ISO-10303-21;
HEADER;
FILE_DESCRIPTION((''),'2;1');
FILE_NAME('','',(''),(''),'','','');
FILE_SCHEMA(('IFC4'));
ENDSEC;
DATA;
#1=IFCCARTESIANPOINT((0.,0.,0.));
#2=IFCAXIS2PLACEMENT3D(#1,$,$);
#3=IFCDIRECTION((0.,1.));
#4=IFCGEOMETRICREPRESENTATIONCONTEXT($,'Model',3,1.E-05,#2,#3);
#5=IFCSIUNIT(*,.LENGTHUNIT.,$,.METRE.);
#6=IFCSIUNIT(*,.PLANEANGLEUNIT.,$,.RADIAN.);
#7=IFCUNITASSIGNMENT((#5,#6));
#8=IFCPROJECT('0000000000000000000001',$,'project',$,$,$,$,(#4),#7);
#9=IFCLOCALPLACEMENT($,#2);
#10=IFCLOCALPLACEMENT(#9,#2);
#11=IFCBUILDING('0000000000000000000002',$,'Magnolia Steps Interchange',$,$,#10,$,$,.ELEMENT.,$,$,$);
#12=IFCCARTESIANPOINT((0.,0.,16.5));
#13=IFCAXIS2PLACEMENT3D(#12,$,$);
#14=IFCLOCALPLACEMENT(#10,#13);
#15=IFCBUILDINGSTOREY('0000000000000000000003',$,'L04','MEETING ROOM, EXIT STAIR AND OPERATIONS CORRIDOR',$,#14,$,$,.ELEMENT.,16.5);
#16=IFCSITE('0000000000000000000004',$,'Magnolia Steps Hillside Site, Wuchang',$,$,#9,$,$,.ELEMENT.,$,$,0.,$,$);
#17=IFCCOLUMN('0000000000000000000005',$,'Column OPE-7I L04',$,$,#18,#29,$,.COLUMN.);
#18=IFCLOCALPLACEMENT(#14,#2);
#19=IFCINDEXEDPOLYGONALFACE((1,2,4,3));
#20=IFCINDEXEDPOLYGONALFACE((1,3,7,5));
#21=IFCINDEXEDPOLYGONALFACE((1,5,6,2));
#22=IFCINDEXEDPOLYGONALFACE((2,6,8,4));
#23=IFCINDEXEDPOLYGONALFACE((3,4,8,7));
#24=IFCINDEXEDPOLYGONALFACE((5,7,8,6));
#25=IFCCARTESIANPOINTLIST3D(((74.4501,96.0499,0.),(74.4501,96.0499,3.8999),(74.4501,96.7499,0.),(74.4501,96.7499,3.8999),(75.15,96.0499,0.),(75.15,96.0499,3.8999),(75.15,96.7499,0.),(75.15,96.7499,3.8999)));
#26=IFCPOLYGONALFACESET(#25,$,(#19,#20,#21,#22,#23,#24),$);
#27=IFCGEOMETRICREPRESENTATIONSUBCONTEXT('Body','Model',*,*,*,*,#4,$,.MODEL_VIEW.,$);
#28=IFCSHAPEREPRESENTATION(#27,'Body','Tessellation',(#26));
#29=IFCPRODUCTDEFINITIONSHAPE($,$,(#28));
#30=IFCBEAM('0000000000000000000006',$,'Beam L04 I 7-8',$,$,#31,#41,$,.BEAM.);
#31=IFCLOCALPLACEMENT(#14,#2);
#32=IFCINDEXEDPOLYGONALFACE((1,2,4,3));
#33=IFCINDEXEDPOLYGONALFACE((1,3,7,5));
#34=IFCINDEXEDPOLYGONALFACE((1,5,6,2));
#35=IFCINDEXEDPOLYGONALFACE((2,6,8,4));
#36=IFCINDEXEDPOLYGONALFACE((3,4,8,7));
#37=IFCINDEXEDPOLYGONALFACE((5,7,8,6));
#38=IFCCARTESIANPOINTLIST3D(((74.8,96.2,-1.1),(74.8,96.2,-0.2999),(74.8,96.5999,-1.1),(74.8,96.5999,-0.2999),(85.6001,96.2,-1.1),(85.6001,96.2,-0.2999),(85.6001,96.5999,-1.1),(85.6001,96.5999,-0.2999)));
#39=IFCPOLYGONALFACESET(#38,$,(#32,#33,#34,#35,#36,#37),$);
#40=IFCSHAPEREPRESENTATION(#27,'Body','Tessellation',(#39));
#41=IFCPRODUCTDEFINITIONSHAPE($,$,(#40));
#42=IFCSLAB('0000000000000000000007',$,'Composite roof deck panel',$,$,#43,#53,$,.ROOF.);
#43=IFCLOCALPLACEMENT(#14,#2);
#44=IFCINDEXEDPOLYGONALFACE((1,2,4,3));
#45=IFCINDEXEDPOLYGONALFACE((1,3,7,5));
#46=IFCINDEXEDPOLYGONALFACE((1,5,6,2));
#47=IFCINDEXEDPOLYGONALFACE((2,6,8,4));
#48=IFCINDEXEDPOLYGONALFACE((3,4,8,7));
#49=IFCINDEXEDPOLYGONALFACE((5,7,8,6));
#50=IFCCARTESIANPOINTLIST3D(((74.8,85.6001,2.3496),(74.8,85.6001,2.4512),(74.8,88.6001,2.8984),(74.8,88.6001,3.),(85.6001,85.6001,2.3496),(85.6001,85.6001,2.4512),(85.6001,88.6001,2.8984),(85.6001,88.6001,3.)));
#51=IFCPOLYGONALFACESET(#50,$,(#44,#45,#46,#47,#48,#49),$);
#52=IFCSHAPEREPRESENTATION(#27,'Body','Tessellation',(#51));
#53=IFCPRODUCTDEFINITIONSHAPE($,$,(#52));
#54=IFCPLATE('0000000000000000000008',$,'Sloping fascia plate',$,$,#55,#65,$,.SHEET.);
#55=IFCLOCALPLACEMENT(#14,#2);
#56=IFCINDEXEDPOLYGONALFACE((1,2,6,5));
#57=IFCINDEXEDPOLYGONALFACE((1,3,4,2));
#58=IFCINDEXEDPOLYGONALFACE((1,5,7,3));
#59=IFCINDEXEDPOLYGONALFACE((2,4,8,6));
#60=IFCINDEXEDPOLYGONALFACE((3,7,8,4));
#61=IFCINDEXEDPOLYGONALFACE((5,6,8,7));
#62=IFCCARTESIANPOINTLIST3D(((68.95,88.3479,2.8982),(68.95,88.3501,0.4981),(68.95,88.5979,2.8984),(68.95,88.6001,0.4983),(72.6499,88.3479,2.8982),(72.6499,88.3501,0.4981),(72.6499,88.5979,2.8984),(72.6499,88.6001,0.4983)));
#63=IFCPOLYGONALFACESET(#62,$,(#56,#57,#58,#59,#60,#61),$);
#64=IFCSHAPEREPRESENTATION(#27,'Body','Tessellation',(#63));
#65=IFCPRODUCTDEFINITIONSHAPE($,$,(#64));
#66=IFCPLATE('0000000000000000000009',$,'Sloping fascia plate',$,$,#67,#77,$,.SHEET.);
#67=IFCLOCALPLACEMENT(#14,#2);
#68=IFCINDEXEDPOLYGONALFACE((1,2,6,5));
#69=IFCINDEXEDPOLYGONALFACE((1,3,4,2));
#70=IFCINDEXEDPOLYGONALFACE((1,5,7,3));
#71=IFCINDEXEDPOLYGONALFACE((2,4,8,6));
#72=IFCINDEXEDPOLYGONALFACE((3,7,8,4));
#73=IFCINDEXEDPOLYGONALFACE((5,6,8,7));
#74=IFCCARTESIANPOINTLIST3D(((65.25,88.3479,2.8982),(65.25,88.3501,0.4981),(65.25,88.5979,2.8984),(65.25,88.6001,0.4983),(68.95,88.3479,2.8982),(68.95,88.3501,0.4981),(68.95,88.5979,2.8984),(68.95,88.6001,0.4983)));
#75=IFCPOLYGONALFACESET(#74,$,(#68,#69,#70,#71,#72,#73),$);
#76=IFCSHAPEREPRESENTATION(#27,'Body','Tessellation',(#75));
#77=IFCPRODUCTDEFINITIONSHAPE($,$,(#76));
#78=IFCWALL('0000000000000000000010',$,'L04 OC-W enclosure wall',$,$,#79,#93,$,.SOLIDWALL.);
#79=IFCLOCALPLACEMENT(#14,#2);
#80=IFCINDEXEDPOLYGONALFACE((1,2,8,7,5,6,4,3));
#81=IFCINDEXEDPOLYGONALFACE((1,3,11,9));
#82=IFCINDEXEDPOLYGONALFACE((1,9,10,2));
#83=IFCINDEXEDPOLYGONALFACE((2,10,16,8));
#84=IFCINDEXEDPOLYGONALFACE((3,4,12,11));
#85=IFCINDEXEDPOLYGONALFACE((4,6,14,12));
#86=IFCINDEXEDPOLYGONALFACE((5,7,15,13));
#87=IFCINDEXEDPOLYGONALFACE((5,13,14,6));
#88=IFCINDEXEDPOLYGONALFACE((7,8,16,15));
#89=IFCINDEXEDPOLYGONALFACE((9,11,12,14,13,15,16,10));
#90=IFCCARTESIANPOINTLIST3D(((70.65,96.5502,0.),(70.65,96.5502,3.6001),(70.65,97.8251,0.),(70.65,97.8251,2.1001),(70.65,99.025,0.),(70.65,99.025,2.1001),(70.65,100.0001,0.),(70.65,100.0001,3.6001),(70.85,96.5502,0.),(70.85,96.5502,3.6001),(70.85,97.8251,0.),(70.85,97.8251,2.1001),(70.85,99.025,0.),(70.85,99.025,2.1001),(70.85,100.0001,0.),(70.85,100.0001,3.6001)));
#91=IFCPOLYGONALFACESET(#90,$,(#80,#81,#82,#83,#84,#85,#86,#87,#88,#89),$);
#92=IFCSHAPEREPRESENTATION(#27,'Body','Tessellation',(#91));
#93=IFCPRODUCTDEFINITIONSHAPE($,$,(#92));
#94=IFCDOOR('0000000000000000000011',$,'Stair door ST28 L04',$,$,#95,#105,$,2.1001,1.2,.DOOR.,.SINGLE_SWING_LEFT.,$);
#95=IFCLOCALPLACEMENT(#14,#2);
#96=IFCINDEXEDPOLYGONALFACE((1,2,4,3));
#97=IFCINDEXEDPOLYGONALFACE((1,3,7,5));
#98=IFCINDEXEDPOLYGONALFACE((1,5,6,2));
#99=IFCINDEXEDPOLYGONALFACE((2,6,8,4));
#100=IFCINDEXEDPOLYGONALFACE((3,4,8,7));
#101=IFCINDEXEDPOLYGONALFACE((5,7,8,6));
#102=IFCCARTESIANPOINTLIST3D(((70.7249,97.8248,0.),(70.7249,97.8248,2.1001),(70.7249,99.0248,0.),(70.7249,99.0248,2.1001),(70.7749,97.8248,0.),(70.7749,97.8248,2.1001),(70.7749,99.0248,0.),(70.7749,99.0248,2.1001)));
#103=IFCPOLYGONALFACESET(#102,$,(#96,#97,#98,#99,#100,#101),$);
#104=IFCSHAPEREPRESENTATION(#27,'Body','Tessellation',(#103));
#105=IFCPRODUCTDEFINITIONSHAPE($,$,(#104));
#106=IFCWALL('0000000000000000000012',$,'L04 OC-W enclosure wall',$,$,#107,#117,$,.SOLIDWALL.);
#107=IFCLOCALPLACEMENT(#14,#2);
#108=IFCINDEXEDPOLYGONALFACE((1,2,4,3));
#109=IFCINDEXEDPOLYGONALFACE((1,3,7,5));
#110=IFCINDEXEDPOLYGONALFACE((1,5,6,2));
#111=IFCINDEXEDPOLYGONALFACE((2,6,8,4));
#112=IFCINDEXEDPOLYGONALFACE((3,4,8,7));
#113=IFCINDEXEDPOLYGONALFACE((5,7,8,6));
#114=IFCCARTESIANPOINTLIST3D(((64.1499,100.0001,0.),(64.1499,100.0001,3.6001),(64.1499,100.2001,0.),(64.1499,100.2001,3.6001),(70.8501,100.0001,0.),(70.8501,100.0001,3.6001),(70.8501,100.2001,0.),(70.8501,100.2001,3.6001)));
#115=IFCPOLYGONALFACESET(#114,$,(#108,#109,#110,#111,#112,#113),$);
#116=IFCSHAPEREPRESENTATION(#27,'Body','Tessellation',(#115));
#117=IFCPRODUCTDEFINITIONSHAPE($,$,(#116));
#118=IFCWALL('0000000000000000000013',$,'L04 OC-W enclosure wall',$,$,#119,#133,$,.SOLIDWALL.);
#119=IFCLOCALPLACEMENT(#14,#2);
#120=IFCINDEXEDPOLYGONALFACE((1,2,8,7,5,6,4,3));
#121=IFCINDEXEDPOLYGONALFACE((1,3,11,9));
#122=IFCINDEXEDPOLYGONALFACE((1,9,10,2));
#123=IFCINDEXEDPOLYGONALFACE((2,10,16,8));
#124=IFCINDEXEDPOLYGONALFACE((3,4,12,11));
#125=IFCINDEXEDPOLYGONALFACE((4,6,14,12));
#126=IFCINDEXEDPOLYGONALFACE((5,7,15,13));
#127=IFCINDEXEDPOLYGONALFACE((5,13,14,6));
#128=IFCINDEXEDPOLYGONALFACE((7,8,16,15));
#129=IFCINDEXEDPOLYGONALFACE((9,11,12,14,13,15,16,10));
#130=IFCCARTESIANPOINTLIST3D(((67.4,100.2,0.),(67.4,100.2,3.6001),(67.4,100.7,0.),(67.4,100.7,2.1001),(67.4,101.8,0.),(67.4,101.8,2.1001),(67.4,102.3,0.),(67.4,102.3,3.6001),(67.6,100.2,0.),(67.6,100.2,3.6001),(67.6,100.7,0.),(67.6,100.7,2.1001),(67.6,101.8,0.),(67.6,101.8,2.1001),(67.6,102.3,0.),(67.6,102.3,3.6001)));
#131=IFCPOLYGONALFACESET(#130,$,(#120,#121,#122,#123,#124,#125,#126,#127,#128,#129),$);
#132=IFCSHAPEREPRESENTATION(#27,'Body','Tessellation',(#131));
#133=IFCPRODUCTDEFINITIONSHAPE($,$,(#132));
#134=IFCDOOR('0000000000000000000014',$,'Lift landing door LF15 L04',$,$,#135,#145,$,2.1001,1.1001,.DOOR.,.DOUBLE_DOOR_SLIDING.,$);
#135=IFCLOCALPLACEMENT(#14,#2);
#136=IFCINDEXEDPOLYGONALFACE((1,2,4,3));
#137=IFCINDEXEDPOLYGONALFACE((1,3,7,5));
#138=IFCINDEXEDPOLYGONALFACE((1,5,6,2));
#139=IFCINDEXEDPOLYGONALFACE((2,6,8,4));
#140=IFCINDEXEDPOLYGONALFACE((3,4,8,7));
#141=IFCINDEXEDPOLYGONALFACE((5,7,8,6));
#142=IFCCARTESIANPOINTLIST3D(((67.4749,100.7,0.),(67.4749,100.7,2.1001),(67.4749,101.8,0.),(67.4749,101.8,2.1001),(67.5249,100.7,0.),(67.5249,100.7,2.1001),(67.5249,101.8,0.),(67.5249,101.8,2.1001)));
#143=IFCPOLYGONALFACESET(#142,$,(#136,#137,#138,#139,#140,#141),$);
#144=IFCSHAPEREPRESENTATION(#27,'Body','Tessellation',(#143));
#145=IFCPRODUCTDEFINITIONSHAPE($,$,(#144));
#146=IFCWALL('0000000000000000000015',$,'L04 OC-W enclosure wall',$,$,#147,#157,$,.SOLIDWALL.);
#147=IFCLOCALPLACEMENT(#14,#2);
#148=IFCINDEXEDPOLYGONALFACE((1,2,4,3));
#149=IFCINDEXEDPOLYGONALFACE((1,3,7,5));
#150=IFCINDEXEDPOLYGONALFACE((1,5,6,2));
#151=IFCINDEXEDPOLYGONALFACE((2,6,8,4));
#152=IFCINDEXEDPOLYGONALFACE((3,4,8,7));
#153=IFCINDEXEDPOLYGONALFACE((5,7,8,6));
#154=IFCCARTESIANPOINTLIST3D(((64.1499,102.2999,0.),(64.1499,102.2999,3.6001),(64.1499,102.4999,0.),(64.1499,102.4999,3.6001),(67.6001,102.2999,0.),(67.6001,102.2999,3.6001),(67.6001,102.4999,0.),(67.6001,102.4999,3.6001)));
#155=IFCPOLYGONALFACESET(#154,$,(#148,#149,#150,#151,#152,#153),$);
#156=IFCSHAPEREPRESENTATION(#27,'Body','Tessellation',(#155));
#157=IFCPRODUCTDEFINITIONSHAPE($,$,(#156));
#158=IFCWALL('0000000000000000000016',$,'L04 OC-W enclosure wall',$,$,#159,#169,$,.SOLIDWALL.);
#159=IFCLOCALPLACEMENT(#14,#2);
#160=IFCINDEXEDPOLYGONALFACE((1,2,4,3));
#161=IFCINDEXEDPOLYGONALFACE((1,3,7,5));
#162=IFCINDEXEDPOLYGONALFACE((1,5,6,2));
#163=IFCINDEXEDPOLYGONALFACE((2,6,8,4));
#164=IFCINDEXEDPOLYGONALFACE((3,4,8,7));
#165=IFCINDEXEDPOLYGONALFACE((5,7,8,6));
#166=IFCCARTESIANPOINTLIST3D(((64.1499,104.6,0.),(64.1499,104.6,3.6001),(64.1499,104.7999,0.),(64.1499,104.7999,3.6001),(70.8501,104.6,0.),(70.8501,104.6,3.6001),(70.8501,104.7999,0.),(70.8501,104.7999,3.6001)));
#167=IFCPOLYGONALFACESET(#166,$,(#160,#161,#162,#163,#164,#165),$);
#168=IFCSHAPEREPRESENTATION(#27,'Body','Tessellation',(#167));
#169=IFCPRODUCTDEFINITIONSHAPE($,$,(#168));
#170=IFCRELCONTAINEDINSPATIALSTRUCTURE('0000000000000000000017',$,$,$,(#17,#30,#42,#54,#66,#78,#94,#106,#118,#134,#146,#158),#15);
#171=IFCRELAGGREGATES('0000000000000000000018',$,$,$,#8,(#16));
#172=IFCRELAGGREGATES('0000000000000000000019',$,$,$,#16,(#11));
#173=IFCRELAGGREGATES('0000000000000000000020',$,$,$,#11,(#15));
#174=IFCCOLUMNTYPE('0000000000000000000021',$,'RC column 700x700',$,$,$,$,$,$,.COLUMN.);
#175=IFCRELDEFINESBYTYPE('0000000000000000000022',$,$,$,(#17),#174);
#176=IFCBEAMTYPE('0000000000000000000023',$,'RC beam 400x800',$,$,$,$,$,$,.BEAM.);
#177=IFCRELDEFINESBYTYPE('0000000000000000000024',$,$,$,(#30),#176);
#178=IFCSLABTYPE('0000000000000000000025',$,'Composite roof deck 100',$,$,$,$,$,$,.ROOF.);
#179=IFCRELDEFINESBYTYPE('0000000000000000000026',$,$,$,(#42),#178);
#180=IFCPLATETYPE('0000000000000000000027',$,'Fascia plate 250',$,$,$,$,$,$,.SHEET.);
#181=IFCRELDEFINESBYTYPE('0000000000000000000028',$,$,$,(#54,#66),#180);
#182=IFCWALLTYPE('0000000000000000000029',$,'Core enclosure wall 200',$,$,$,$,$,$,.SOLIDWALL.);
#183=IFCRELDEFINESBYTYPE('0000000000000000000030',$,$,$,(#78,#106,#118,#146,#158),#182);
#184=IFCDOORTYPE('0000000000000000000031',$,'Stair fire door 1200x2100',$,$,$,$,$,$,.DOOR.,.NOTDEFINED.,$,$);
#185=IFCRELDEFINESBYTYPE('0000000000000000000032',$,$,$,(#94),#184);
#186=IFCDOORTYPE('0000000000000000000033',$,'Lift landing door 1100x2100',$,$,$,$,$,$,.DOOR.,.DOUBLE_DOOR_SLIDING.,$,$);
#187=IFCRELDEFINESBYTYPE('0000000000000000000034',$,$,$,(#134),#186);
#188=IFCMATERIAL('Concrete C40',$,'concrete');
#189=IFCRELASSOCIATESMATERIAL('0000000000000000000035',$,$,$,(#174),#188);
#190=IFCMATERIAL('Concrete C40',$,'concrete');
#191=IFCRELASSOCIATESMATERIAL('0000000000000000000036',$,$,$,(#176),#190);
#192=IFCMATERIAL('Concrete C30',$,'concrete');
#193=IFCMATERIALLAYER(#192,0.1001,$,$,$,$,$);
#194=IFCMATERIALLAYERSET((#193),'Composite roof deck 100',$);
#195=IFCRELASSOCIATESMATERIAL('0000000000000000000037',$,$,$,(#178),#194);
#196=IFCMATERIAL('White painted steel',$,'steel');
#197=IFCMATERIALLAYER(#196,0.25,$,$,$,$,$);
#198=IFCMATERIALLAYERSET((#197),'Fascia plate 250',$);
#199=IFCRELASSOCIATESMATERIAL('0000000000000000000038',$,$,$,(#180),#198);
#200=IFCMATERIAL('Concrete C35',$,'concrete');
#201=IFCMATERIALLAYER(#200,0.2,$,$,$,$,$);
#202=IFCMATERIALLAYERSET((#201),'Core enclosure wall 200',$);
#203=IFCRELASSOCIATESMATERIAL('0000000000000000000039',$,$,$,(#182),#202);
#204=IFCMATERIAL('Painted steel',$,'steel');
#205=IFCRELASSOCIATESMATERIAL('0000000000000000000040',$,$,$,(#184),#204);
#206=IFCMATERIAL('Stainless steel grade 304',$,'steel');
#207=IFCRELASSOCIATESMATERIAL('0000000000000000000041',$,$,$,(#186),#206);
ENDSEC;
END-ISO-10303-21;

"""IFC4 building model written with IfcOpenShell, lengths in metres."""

from ifc_helpers import new_model, si_unit, direction, frame, frame_2d, origin, origin_2d, place, context, subcontext, project, spatial, polyline, rectangle, outline, extrude, material, layer, layer_set, material_profile, profile_set, type_object, element, fill, save


model = new_model("IFC4")

# Units and contexts
model_context = context("Model", 3, precision=1e-05, world=origin(), true_north=direction((0.0, 1.0)))
body_context = subcontext(model_context, "Body", "Model", "MODEL_VIEW")
ifc_project = project(units=[si_unit("LENGTHUNIT", "METRE"), si_unit("PLANEANGLEUNIT", "RADIAN")], contexts=[model_context])

# Site, building, storey
site_placement = place(None, origin())
site = spatial("IfcSite", under=ifc_project, at=site_placement, Name="Magnolia Steps Hillside Site, Wuchang", CompositionType="ELEMENT", RefElevation=0.0)
building_placement = place(site_placement, origin())
building = spatial("IfcBuilding", under=site, at=building_placement, Name="Magnolia Steps Interchange", CompositionType="ELEMENT")
storey_placement = place(building_placement, frame((0.0, 0.0, 16.5)))
storey = spatial("IfcBuildingStorey", under=building, at=storey_placement, Name="L04", Description="MEETING ROOM, EXIT STAIR AND OPERATIONS CORRIDOR", CompositionType="ELEMENT", Elevation=16.5)

# Column
ifc_material_1 = material(Name="Concrete C40", Category="concrete")
ifc_material_profile_1 = material_profile(ifc_material_1, rectangle(XDim=0.7, YDim=0.7, at=origin_2d()), Name="RC700x700")
ifc_profile_set_1 = profile_set([ifc_material_profile_1], Name="Concrete C40")
column_type = type_object("IfcColumnType", Name="RC column 700x700", PredefinedType="COLUMN", material=ifc_profile_set_1)
column_placement = place(storey_placement, frame((74.8, 96.3999, 0.0), z_axis=(0.0, 0.0, 1.0), x_axis=(1.0, 0.0, 0.0)))
element("IfcColumn", 1, at=column_placement, inside=storey, type_object=column_type, Name="Column OPE-7I L04", PredefinedType="COLUMN", context=body_context, shape_type="SweptSolid", body=[
    extrude(rectangle(XDim=0.7, YDim=0.7, at=origin_2d()), origin(), (0.0, 0.0, 1.0), 3.8999),
])

# Beam
ifc_material_2 = material(Name="Concrete C40", Category="concrete")
ifc_material_profile_2 = material_profile(ifc_material_2, rectangle(XDim=0.3999, YDim=0.8, at=origin_2d()), Name="RC400x800")
ifc_profile_set_2 = profile_set([ifc_material_profile_2], Name="Concrete C40")
beam_type = type_object("IfcBeamType", Name="RC beam 400x800", PredefinedType="BEAM", material=ifc_profile_set_2)
beam_placement = place(storey_placement, frame((74.8, 96.3999, -0.7), z_axis=(1.0, 0.0, 0.0), x_axis=(0.0, 1.0, 0.0)))
element("IfcBeam", 2, at=beam_placement, inside=storey, type_object=beam_type, Name="Beam L04 I 7-8", PredefinedType="BEAM", context=body_context, shape_type="SweptSolid", body=[
    extrude(rectangle(XDim=0.3999, YDim=0.8, at=origin_2d()), origin(), (0.0, 0.0, 1.0), 10.8),
])

# Slab
ifc_material_3 = material(Name="Concrete C30", Category="concrete")
ifc_layer_1 = layer(ifc_material_3, 0.1001)
ifc_layer_set_1 = layer_set([ifc_layer_1], Name="Composite roof deck 100")
slab_type = type_object("IfcSlabType", Name="Composite roof deck 100", PredefinedType="ROOF", material=ifc_layer_set_1)
slab_placement = place(storey_placement, frame((74.8, 88.6001, 3.0), z_axis=(0.0, -0.179956, 0.983675), x_axis=(0.0, -0.983675, -0.179956)))
element("IfcSlab", 3, at=slab_placement, inside=storey, type_object=slab_type, Name="Composite roof deck panel", PredefinedType="ROOF", context=body_context, shape_type="SweptSolid", body=[
    extrude(outline(polyline([(0.0, 0.0), (3.0498, 0.0), (3.0498, 10.8), (0.0, 10.8), (0.0, 0.0)])), origin(), (0.179956, 0.0, -0.983675), 0.1016),
])

# Plates
ifc_material_4 = material(Name="White painted steel", Category="steel")
ifc_layer_2 = layer(ifc_material_4, 0.25)
ifc_layer_set_2 = layer_set([ifc_layer_2], Name="Fascia plate 250")
plate_type = type_object("IfcPlateType", Name="Fascia plate 250", PredefinedType="SHEET", material=ifc_layer_set_2)
for number, where, z_axis, x_axis, name in (
    (4, (72.6499, 88.6001, 0.4983), (0.0, 1.0, 0.000915), (-1.0, 0.0, 0.0), "Sloping fascia plate"),
    (5, (68.95, 88.6001, 0.4983), (0.0, 1.0, 0.000915), (-1.0, 0.0, 0.0), "Sloping fascia plate"),
):
    element("IfcPlate", number, at=place(storey_placement, frame(where, z_axis=z_axis, x_axis=x_axis)), inside=storey, type_object=plate_type, Name=name, PredefinedType="SHEET", context=body_context, shape_type="SweptSolid", body=[
        extrude(outline(polyline([(0.0, 0.0), (3.7, 0.0), (3.7, 2.4001), (0.0, 2.4001), (0.0, 0.0)])), origin(), (0.0, 0.0, -1.0), 0.25),
    ])

# Wall, opening, door
ifc_material_5 = material(Name="Concrete C35", Category="concrete")
ifc_layer_3 = layer(ifc_material_5, 0.2)
ifc_layer_set_3 = layer_set([ifc_layer_3], Name="Core enclosure wall 200")
wall_type_1 = type_object("IfcWallType", Name="Core enclosure wall 200", PredefinedType="SOLIDWALL", material=ifc_layer_set_3)
wall_1_placement = place(storey_placement, frame((70.75, 96.55, 0.0), z_axis=(0.0, 0.0, 1.0), x_axis=(0.0, 1.0, 0.0)))
wall_1 = element("IfcWall", 6, at=wall_1_placement, inside=storey, type_object=wall_type_1, Name="L04 OC-W enclosure wall", PredefinedType="SOLIDWALL", context=body_context, shape_type="SweptSolid", body=[
    extrude(rectangle(XDim=3.45, YDim=0.2, at=frame_2d((1.7251, 0.0))), origin(), (0.0, 0.0, 1.0), 3.6001),
])
opening_1_placement = place(wall_1_placement, frame((1.2749, 0.0, 0.0)))
opening_1 = element("IfcOpeningElement", 7, at=opening_1_placement, cuts=wall_1, PredefinedType="OPENING", context=body_context, shape_type="SweptSolid", body=[
    extrude(rectangle(XDim=1.2, YDim=2.1001, at=frame_2d((0.6001, 1.05))), frame((0.0, 0.1099, 0.0), z_axis=(0.0, -1.0, 0.0), x_axis=(1.0, 0.0, 0.0)), (0.0, 0.0, 1.0), 0.22),
])
ifc_material_6 = material(Name="Painted steel", Category="steel")
door_type_1 = type_object("IfcDoorType", Name="Stair fire door 1200x2100", OperationType="NOTDEFINED", PredefinedType="DOOR", material=ifc_material_6)
door_1_placement = place(opening_1_placement, frame((1.2, 0.0, 0.0), z_axis=(0.0, 0.0, 1.0), x_axis=(-1.0, 0.0, 0.0)))
door_1 = element("IfcDoor", 8, at=door_1_placement, inside=storey, type_object=door_type_1, Name="Stair door ST28 L04", OperationType="SINGLE_SWING_LEFT", OverallHeight=2.1001, OverallWidth=1.2, PredefinedType="DOOR", context=body_context, shape_type="SweptSolid", body=[
    extrude(rectangle(XDim=1.2, YDim=2.1001, at=frame_2d((0.6001, 1.05))), frame((0.0, 0.0249, 0.0), z_axis=(0.0, -1.0, 0.0), x_axis=(1.0, 0.0, 0.0)), (0.0, 0.0, 1.0), 0.05),
])
fill(opening_1, door_1)

# Wall
wall_2_placement = place(storey_placement, frame((70.8501, 100.1001, 0.0), z_axis=(0.0, 0.0, 1.0), x_axis=(-1.0, 0.0, 0.0)))
element("IfcWall", 9, at=wall_2_placement, inside=storey, type_object=wall_type_1, Name="L04 OC-W enclosure wall", PredefinedType="SOLIDWALL", context=body_context, shape_type="SweptSolid", body=[
    extrude(rectangle(XDim=6.7002, YDim=0.2, at=frame_2d((3.3501, 0.0))), origin(), (0.0, 0.0, 1.0), 3.6001),
])

# Wall, opening, door
wall_3_placement = place(storey_placement, frame((67.5, 100.2, 0.0), z_axis=(0.0, 0.0, 1.0), x_axis=(0.0, 1.0, 0.0)))
wall_3 = element("IfcWall", 10, at=wall_3_placement, inside=storey, type_object=wall_type_1, Name="L04 OC-W enclosure wall", PredefinedType="SOLIDWALL", context=body_context, shape_type="SweptSolid", body=[
    extrude(rectangle(XDim=2.1001, YDim=0.2, at=frame_2d((1.05, 0.0))), origin(), (0.0, 0.0, 1.0), 3.6001),
])
opening_2_placement = place(wall_3_placement, frame((0.5, 0.0, 0.0)))
opening_2 = element("IfcOpeningElement", 11, at=opening_2_placement, cuts=wall_3, PredefinedType="OPENING", context=body_context, shape_type="SweptSolid", body=[
    extrude(rectangle(XDim=1.1001, YDim=2.1001, at=frame_2d((0.55, 1.05))), frame((0.0, 0.1099, 0.0), z_axis=(0.0, -1.0, 0.0), x_axis=(1.0, 0.0, 0.0)), (0.0, 0.0, 1.0), 0.22),
])
ifc_material_7 = material(Name="Stainless steel grade 304", Category="steel")
door_type_2 = type_object("IfcDoorType", Name="Lift landing door 1100x2100", OperationType="DOUBLE_DOOR_SLIDING", PredefinedType="DOOR", material=ifc_material_7)
door_2_placement = place(opening_2_placement, frame((1.1001, 0.0, 0.0), z_axis=(0.0, 0.0, 1.0), x_axis=(-1.0, 0.0, 0.0)))
door_2 = element("IfcDoor", 12, at=door_2_placement, inside=storey, type_object=door_type_2, Name="Lift landing door LF15 L04", OperationType="DOUBLE_DOOR_SLIDING", OverallHeight=2.1001, OverallWidth=1.1001, PredefinedType="DOOR", context=body_context, shape_type="SweptSolid", body=[
    extrude(rectangle(XDim=1.1001, YDim=2.1001, at=frame_2d((0.55, 1.05))), frame((0.0, 0.0249, 0.0), z_axis=(0.0, -1.0, 0.0), x_axis=(1.0, 0.0, 0.0)), (0.0, 0.0, 1.0), 0.05),
])
fill(opening_2, door_2)

# Walls
wall_4_placement = place(storey_placement, frame((67.6001, 102.3999, 0.0), z_axis=(0.0, 0.0, 1.0), x_axis=(-1.0, 0.0, 0.0)))
element("IfcWall", 13, at=wall_4_placement, inside=storey, type_object=wall_type_1, Name="L04 OC-W enclosure wall", PredefinedType="SOLIDWALL", context=body_context, shape_type="SweptSolid", body=[
    extrude(rectangle(XDim=3.4502, YDim=0.2, at=frame_2d((1.7251, 0.0))), origin(), (0.0, 0.0, 1.0), 3.6001),
])
wall_5_placement = place(storey_placement, frame((70.8501, 104.7, 0.0), z_axis=(0.0, 0.0, 1.0), x_axis=(-1.0, 0.0, 0.0)))
element("IfcWall", 14, at=wall_5_placement, inside=storey, type_object=wall_type_1, Name="L04 OC-W enclosure wall", PredefinedType="SOLIDWALL", context=body_context, shape_type="SweptSolid", body=[
    extrude(rectangle(XDim=6.7002, YDim=0.2, at=frame_2d((3.3501, 0.0))), origin(), (0.0, 0.0, 1.0), 3.6001),
])

save(model, "model.ifc")
